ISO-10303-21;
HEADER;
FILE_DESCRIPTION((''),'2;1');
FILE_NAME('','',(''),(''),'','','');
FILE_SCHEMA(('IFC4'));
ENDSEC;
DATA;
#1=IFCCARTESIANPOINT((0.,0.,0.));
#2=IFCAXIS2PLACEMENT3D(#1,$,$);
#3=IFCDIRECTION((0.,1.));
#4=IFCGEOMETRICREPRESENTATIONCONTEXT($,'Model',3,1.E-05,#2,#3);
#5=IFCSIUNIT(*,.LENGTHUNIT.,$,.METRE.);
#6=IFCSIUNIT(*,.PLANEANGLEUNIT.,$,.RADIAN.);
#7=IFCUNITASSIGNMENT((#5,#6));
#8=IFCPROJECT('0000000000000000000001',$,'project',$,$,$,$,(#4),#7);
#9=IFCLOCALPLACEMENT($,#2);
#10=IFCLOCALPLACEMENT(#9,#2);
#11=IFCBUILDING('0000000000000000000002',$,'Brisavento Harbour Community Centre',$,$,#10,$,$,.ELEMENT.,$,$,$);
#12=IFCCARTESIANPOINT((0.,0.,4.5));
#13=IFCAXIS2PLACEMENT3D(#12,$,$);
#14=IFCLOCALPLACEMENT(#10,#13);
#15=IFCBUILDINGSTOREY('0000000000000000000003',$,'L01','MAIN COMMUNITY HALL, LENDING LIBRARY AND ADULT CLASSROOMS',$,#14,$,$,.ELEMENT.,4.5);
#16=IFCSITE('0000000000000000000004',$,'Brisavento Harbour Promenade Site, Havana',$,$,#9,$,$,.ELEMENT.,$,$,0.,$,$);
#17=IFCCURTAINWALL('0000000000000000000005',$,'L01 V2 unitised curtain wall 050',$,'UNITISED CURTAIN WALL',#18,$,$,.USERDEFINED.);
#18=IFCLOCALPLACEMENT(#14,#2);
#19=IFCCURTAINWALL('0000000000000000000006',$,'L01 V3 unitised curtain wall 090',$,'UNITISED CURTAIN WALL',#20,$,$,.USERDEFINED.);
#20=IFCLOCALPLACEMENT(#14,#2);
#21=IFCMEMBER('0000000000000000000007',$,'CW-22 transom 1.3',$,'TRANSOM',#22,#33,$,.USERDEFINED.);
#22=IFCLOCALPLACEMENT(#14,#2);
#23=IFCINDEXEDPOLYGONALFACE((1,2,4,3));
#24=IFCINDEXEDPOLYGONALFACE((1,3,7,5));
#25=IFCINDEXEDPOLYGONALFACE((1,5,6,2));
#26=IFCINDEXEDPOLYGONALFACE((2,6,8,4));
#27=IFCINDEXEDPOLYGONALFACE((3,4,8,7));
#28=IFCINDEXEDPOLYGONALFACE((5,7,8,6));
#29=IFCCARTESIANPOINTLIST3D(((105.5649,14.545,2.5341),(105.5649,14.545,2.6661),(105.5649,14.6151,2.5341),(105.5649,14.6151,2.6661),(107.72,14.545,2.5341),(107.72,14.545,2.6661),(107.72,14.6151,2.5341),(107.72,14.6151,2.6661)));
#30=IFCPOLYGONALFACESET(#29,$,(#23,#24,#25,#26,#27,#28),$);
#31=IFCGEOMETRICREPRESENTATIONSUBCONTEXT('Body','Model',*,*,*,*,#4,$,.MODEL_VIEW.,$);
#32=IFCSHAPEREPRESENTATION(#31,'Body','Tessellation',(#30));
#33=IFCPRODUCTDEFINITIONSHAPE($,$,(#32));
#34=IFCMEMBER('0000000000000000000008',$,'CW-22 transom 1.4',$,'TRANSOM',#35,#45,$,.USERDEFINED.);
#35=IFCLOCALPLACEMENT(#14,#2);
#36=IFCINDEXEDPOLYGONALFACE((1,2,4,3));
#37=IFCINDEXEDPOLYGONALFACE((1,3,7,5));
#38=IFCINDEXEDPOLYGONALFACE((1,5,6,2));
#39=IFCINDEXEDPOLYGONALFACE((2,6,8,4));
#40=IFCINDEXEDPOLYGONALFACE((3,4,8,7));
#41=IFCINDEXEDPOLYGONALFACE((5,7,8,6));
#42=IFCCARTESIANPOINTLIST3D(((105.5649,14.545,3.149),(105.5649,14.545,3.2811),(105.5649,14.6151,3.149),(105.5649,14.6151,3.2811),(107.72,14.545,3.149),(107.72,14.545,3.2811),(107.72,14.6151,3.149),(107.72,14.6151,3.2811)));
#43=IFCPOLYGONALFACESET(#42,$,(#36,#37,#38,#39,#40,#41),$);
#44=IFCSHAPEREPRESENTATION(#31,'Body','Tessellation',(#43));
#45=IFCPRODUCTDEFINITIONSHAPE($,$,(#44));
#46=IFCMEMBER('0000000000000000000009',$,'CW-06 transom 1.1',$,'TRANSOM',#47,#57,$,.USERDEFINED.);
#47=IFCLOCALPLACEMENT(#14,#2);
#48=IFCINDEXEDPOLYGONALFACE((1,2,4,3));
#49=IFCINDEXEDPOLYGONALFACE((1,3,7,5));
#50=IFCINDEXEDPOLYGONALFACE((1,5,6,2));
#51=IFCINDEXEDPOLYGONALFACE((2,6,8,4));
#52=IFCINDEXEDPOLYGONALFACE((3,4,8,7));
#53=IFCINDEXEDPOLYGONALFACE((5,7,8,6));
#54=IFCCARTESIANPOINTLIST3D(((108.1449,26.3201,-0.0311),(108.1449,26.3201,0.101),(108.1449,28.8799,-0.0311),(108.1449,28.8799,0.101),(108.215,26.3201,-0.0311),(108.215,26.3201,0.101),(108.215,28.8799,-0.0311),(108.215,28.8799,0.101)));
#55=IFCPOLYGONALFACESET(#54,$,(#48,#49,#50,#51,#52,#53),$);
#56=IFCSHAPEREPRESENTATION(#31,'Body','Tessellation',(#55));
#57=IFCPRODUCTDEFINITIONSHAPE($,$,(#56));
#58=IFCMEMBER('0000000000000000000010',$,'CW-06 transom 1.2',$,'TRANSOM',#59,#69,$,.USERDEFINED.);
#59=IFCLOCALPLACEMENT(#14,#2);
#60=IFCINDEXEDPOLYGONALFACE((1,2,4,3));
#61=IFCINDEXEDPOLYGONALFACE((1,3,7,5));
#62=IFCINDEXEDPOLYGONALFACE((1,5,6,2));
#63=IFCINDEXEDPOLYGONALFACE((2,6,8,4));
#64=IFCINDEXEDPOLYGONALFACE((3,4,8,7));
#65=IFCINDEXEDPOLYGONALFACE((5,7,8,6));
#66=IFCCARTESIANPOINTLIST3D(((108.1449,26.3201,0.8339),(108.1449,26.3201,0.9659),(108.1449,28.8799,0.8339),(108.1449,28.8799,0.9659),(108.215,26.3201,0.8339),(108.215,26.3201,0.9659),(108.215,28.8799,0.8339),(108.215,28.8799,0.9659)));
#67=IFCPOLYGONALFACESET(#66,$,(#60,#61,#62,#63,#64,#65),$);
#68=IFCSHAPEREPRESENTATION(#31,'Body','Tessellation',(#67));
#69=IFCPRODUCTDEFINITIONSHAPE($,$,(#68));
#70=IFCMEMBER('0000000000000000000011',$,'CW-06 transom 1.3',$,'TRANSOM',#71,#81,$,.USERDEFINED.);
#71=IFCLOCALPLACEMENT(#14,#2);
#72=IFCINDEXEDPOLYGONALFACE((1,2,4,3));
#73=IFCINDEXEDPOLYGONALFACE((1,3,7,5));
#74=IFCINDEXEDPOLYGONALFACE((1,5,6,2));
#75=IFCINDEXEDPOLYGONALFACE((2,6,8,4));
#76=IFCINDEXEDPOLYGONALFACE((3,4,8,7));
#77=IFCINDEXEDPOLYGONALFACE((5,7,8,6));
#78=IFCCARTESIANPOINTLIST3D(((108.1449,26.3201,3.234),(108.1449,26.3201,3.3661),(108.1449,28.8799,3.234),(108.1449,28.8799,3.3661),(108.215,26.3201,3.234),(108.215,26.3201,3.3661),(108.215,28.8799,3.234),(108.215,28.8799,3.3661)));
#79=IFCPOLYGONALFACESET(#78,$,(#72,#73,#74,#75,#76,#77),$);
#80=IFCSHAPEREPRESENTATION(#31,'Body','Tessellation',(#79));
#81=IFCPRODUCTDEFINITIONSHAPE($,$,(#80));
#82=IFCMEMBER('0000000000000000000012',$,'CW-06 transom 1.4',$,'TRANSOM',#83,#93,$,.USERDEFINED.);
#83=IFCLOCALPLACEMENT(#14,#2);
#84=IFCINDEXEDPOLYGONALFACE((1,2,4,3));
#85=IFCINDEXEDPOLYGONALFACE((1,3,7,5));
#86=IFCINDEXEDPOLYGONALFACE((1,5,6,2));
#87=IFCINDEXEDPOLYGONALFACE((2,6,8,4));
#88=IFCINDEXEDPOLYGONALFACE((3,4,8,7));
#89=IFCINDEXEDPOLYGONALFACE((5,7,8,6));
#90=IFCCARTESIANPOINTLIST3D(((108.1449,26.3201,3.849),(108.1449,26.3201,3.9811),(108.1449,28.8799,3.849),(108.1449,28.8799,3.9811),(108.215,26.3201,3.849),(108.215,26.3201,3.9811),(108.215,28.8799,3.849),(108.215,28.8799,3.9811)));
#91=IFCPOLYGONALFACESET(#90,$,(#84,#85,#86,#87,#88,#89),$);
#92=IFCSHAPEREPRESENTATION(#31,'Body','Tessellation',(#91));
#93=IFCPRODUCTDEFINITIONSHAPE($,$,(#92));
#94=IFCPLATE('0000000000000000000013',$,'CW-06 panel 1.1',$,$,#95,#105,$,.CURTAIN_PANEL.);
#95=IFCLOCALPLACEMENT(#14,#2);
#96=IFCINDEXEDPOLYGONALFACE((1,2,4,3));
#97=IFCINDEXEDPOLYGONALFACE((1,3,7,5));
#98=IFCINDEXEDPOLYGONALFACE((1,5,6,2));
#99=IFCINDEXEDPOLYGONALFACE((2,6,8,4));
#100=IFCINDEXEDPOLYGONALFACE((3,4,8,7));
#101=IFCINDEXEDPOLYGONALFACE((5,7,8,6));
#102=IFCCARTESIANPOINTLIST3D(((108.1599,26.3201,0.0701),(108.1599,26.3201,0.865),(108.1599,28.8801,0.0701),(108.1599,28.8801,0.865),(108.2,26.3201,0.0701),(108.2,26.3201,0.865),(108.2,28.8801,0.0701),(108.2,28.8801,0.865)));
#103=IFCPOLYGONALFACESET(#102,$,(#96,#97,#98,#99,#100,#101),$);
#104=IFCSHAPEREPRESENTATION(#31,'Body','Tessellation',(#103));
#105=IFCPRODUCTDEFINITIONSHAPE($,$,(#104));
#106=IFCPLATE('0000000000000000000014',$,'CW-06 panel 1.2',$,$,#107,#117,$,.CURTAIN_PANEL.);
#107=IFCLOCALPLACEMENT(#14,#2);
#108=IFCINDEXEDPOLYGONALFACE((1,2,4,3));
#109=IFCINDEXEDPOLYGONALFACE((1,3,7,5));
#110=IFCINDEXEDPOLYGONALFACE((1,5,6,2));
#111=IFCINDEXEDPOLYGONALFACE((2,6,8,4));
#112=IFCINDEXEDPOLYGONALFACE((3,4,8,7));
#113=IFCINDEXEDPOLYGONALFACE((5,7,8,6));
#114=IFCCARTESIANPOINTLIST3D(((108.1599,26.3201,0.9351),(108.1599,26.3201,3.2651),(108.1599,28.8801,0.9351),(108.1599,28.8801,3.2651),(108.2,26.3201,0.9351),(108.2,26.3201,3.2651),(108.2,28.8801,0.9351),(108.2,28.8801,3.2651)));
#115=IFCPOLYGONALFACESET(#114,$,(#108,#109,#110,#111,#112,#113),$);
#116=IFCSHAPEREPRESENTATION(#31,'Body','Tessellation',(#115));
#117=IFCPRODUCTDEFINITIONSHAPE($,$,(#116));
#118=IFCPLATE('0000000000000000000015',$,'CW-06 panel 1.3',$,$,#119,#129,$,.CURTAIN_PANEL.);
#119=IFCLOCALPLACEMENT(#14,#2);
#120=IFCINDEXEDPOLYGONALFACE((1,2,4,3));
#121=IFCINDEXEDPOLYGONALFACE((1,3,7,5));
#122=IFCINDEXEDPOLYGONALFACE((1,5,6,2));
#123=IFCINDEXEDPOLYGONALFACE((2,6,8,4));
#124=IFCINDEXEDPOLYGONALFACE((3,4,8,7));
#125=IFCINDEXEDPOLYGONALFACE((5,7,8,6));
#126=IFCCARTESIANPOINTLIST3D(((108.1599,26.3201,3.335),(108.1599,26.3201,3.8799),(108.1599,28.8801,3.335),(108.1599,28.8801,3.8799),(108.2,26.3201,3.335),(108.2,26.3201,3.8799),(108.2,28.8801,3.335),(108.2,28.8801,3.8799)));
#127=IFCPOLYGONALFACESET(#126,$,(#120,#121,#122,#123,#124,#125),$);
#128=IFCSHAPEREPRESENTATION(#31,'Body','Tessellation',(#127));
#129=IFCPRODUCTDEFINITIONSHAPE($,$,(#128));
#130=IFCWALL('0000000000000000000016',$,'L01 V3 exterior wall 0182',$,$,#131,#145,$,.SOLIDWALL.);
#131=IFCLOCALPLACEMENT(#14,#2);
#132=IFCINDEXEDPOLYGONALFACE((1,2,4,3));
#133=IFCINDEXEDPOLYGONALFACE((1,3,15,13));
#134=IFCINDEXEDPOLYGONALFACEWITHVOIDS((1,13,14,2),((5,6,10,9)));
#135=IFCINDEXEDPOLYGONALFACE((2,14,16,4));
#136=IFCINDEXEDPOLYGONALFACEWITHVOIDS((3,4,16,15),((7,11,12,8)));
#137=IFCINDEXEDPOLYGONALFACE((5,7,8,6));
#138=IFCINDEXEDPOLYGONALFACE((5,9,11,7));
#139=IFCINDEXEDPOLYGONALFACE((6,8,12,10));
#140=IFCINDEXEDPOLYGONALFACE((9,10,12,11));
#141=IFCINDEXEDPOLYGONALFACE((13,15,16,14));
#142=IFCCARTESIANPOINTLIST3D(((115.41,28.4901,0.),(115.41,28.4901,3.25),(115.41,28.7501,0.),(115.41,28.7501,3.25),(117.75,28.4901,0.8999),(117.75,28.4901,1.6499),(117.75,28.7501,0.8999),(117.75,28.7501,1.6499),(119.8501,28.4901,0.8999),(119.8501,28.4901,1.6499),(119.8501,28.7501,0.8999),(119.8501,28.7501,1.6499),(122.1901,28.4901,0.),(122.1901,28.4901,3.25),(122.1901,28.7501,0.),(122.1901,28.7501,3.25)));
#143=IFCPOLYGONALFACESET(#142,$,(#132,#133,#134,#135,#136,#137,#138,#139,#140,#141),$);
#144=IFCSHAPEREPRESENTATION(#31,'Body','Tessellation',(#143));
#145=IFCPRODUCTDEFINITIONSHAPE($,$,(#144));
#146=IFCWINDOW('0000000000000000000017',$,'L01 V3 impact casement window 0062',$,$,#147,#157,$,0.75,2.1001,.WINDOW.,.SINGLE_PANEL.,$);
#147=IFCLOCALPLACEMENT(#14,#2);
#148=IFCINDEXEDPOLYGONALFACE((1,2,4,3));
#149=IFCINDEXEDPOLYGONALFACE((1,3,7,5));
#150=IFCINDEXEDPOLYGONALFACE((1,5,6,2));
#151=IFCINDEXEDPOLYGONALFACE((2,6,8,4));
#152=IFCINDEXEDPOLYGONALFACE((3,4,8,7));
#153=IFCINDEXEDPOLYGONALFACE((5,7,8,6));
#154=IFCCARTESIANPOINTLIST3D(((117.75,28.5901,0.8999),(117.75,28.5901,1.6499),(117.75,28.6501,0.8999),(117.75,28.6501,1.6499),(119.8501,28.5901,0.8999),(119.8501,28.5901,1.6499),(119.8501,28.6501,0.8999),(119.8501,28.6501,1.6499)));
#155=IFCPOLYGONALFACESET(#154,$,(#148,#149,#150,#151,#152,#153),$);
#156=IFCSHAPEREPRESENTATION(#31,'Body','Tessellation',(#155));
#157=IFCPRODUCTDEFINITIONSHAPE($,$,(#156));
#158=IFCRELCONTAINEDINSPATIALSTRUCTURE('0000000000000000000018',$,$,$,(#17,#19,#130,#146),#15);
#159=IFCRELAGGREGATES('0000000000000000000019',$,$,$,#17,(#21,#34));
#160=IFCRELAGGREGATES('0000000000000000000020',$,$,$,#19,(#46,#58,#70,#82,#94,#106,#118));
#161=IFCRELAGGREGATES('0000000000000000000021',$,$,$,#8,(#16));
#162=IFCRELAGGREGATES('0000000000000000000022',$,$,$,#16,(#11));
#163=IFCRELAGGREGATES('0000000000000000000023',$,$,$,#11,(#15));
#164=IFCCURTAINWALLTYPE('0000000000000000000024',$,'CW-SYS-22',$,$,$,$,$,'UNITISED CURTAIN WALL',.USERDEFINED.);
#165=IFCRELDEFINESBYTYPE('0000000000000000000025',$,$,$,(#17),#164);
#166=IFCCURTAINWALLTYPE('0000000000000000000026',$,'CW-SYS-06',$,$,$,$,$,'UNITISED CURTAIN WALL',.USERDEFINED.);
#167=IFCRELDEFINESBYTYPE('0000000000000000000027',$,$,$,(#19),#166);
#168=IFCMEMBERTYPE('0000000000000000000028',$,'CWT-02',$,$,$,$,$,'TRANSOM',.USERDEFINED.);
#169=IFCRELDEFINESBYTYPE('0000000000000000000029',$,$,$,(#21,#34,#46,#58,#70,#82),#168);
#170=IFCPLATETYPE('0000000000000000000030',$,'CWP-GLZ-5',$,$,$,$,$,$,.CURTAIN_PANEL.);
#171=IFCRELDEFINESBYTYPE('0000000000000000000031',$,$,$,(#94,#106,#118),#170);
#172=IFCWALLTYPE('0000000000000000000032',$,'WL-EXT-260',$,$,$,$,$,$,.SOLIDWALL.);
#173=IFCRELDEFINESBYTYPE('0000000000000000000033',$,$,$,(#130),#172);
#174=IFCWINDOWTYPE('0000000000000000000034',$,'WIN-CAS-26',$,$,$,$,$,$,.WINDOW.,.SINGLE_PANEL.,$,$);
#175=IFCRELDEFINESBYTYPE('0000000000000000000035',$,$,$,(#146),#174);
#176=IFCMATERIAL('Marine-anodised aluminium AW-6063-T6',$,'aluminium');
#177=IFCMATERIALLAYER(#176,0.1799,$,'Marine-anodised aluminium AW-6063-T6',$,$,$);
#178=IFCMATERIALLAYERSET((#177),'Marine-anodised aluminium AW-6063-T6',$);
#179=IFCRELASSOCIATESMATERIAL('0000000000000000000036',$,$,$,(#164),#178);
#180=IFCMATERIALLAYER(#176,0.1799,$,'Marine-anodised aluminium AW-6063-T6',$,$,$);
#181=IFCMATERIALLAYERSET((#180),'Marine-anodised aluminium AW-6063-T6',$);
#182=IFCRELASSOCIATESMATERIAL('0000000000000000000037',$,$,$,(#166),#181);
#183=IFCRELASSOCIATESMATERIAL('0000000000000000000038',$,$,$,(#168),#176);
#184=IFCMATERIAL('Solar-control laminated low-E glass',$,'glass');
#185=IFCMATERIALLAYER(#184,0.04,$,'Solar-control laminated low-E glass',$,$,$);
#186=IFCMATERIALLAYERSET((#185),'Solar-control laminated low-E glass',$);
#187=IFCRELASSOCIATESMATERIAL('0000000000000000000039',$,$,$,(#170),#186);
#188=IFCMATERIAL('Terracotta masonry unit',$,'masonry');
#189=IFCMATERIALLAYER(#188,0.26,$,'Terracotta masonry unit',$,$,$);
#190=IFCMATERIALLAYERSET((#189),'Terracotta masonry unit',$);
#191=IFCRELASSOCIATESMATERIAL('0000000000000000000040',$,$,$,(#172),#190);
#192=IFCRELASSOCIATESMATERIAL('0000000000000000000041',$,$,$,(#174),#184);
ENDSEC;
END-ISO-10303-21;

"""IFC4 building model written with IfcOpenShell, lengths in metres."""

from ifc_helpers import new_model, si_unit, direction, frame, frame_2d, origin, origin_2d, place, context, subcontext, project, spatial, rectangle, extrude, material, layer, layer_set, material_profile, profile_set, type_object, element, fill, aggregate, save


model = new_model("IFC4")

# Units and contexts
model_context = context("Model", 3, precision=1e-05, world=origin(), true_north=direction((0.0, 1.0)))
body_context = subcontext(model_context, "Body", "Model", "MODEL_VIEW")
ifc_project = project(units=[si_unit("LENGTHUNIT", "METRE"), si_unit("PLANEANGLEUNIT", "RADIAN")], contexts=[model_context])

# Site, building, storey
site_placement = place(None, origin())
site = spatial("IfcSite", under=ifc_project, at=site_placement, Name="Brisavento Harbour Promenade Site, Havana", CompositionType="ELEMENT", RefElevation=0.0)
building_placement = place(site_placement, origin())
building = spatial("IfcBuilding", under=site, at=building_placement, Name="Brisavento Harbour Community Centre", CompositionType="ELEMENT")
storey_placement = place(building_placement, frame((0.0, 0.0, 4.5)))
storey = spatial("IfcBuildingStorey", under=building, at=storey_placement, Name="L01", Description="MAIN COMMUNITY HALL, LENDING LIBRARY AND ADULT CLASSROOMS", CompositionType="ELEMENT", Elevation=4.5)

# Curtain walls
ifc_material_1 = material(Name="Marine-anodised aluminium AW-6063-T6", Category="aluminium")
ifc_layer_1 = layer(ifc_material_1, 0.1799, Name="Marine-anodised aluminium AW-6063-T6")
ifc_layer_set_1 = layer_set([ifc_layer_1], Name="Marine-anodised aluminium AW-6063-T6")
curtain_wall_type_1 = type_object("IfcCurtainWallType", Name="CW-SYS-22", ElementType="UNITISED CURTAIN WALL", PredefinedType="USERDEFINED", material=ifc_layer_set_1)
curtain_wall_1_placement = place(storey_placement, origin())
curtain_wall_1 = element("IfcCurtainWall", 1, at=curtain_wall_1_placement, inside=storey, type_object=curtain_wall_type_1, Name="L01 V2 unitised curtain wall 050", ObjectType="UNITISED CURTAIN WALL", PredefinedType="USERDEFINED")
ifc_layer_2 = layer(ifc_material_1, 0.1799, Name="Marine-anodised aluminium AW-6063-T6")
ifc_layer_set_2 = layer_set([ifc_layer_2], Name="Marine-anodised aluminium AW-6063-T6")
curtain_wall_type_2 = type_object("IfcCurtainWallType", Name="CW-SYS-06", ElementType="UNITISED CURTAIN WALL", PredefinedType="USERDEFINED", material=ifc_layer_set_2)
curtain_wall_2_placement = place(storey_placement, origin())
curtain_wall_2 = element("IfcCurtainWall", 2, at=curtain_wall_2_placement, inside=storey, type_object=curtain_wall_type_2, Name="L01 V3 unitised curtain wall 090", ObjectType="UNITISED CURTAIN WALL", PredefinedType="USERDEFINED")

# Members
ifc_material_profile_1 = material_profile(ifc_material_1, rectangle(XDim=0.0701, YDim=0.1321, at=origin_2d()), Name="Marine-anodised aluminium AW-6063-T6")
ifc_profile_set_1 = profile_set([ifc_material_profile_1], Name="Marine-anodised aluminium AW-6063-T6")
member_type_1 = type_object("IfcMemberType", Name="CWT-02", ElementType="TRANSOM", PredefinedType="USERDEFINED", material=ifc_profile_set_1)
member_1_placement = place(storey_placement, frame((107.72, 14.5801, 2.6001), z_axis=(-1.0, 0.0, 0.0), x_axis=(0.0, -1.0, 0.0)))
member_1 = element("IfcMember", 3, at=member_1_placement, type_object=member_type_1, Name="CW-22 transom 1.3", ObjectType="TRANSOM", PredefinedType="USERDEFINED", context=body_context, shape_type="SweptSolid", body=[
    extrude(rectangle(XDim=0.0701, YDim=0.1321, at=origin_2d()), origin(), (0.0, 0.0, 1.0), 2.155),
])
member_2_placement = place(storey_placement, frame((107.72, 14.5801, 3.2151), z_axis=(-1.0, 0.0, 0.0), x_axis=(0.0, -1.0, 0.0)))
member_2 = element("IfcMember", 4, at=member_2_placement, type_object=member_type_1, Name="CW-22 transom 1.4", ObjectType="TRANSOM", PredefinedType="USERDEFINED", context=body_context, shape_type="SweptSolid", body=[
    extrude(rectangle(XDim=0.0701, YDim=0.1321, at=origin_2d()), origin(), (0.0, 0.0, 1.0), 2.155),
])
aggregate(curtain_wall_1, [member_1, member_2])
member_3_placement = place(storey_placement, frame((108.1799, 26.3201, 0.0349), z_axis=(0.0, 1.0, 0.0), x_axis=(-1.0, 0.0, 0.0)))
member_3 = element("IfcMember", 5, at=member_3_placement, type_object=member_type_1, Name="CW-06 transom 1.1", ObjectType="TRANSOM", PredefinedType="USERDEFINED", context=body_context, shape_type="SweptSolid", body=[
    extrude(rectangle(XDim=0.0701, YDim=0.1321, at=origin_2d()), origin(), (0.0, 0.0, 1.0), 2.5598),
])
member_4_placement = place(storey_placement, frame((108.1799, 26.3201, 0.8999), z_axis=(0.0, 1.0, 0.0), x_axis=(-1.0, 0.0, 0.0)))
member_4 = element("IfcMember", 6, at=member_4_placement, type_object=member_type_1, Name="CW-06 transom 1.2", ObjectType="TRANSOM", PredefinedType="USERDEFINED", context=body_context, shape_type="SweptSolid", body=[
    extrude(rectangle(XDim=0.0701, YDim=0.1321, at=origin_2d()), origin(), (0.0, 0.0, 1.0), 2.5598),
])
member_5_placement = place(storey_placement, frame((108.1799, 26.3201, 3.3), z_axis=(0.0, 1.0, 0.0), x_axis=(-1.0, 0.0, 0.0)))
member_5 = element("IfcMember", 7, at=member_5_placement, type_object=member_type_1, Name="CW-06 transom 1.3", ObjectType="TRANSOM", PredefinedType="USERDEFINED", context=body_context, shape_type="SweptSolid", body=[
    extrude(rectangle(XDim=0.0701, YDim=0.1321, at=origin_2d()), origin(), (0.0, 0.0, 1.0), 2.5598),
])
member_6_placement = place(storey_placement, frame((108.1799, 26.3201, 3.915), z_axis=(0.0, 1.0, 0.0), x_axis=(-1.0, 0.0, 0.0)))
member_6 = element("IfcMember", 8, at=member_6_placement, type_object=member_type_1, Name="CW-06 transom 1.4", ObjectType="TRANSOM", PredefinedType="USERDEFINED", context=body_context, shape_type="SweptSolid", body=[
    extrude(rectangle(XDim=0.0701, YDim=0.1321, at=origin_2d()), origin(), (0.0, 0.0, 1.0), 2.5598),
])

# Plates
ifc_material_2 = material(Name="Solar-control laminated low-E glass", Category="glass")
ifc_layer_3 = layer(ifc_material_2, 0.04, Name="Solar-control laminated low-E glass")
ifc_layer_set_3 = layer_set([ifc_layer_3], Name="Solar-control laminated low-E glass")
plate_type = type_object("IfcPlateType", Name="CWP-GLZ-5", PredefinedType="CURTAIN_PANEL", material=ifc_layer_set_3)
plate_1_placement = place(storey_placement, frame((108.1799, 27.6001, 0.0701), z_axis=(0.0, 0.0, 1.0), x_axis=(0.0, 1.0, 0.0)))
plate_1 = element("IfcPlate", 9, at=plate_1_placement, type_object=plate_type, Name="CW-06 panel 1.1", PredefinedType="CURTAIN_PANEL", context=body_context, shape_type="SweptSolid", body=[
    extrude(rectangle(XDim=2.5601, YDim=0.04, at=origin_2d()), origin(), (0.0, 0.0, 1.0), 0.7949),
])
plate_2_placement = place(storey_placement, frame((108.1799, 27.6001, 0.9351), z_axis=(0.0, 0.0, 1.0), x_axis=(0.0, 1.0, 0.0)))
plate_2 = element("IfcPlate", 10, at=plate_2_placement, type_object=plate_type, Name="CW-06 panel 1.2", PredefinedType="CURTAIN_PANEL", context=body_context, shape_type="SweptSolid", body=[
    extrude(rectangle(XDim=2.5601, YDim=0.04, at=origin_2d()), origin(), (0.0, 0.0, 1.0), 2.3301),
])
plate_3_placement = place(storey_placement, frame((108.1799, 27.6001, 3.335), z_axis=(0.0, 0.0, 1.0), x_axis=(0.0, 1.0, 0.0)))
plate_3 = element("IfcPlate", 11, at=plate_3_placement, type_object=plate_type, Name="CW-06 panel 1.3", PredefinedType="CURTAIN_PANEL", context=body_context, shape_type="SweptSolid", body=[
    extrude(rectangle(XDim=2.5601, YDim=0.04, at=origin_2d()), origin(), (0.0, 0.0, 1.0), 0.5449),
])
aggregate(curtain_wall_2, [member_3, member_4, member_5, member_6, plate_1, plate_2, plate_3])

# Wall, opening, window
ifc_material_3 = material(Name="Terracotta masonry unit", Category="masonry")
ifc_layer_4 = layer(ifc_material_3, 0.26, Name="Terracotta masonry unit")
ifc_layer_set_4 = layer_set([ifc_layer_4], Name="Terracotta masonry unit")
wall_type_1 = type_object("IfcWallType", Name="WL-EXT-260", PredefinedType="SOLIDWALL", material=ifc_layer_set_4)
wall_1_placement = place(storey_placement, frame((115.4099, 28.6201, 0.0), z_axis=(0.0, 0.0, 1.0), x_axis=(1.0, 0.0, 0.0)))
wall_1 = element("IfcWall", 12, at=wall_1_placement, inside=storey, type_object=wall_type_1, Name="L01 V3 exterior wall 0182", PredefinedType="SOLIDWALL", context=body_context, shape_type="SweptSolid", body=[
    extrude(rectangle(XDim=6.78, YDim=0.26, at=frame_2d((3.3901, 0.0))), origin(), (0.0, 0.0, 1.0), 3.25),
])
opening_1_placement = place(wall_1_placement, frame((2.3401, 0.0, 0.8999)))
opening_1 = element("IfcOpeningElement", 13, at=opening_1_placement, cuts=wall_1, PredefinedType="OPENING", context=body_context, shape_type="SweptSolid", body=[
    extrude(rectangle(XDim=2.1001, YDim=0.75, at=frame_2d((1.05, 0.375))), frame((0.0, 0.1401, 0.0), z_axis=(0.0, -1.0, 0.0), x_axis=(1.0, 0.0, 0.0)), (0.0, 0.0, 1.0), 0.28),
])
window_type_1 = type_object("IfcWindowType", Name="WIN-CAS-26", PartitioningType="SINGLE_PANEL", PredefinedType="WINDOW", material=ifc_material_2)
window_1_placement = place(opening_1_placement, origin())
window_1 = element("IfcWindow", 14, at=window_1_placement, inside=storey, type_object=window_type_1, Name="L01 V3 impact casement window 0062", OverallHeight=0.75, OverallWidth=2.1001, PartitioningType="SINGLE_PANEL", PredefinedType="WINDOW", context=body_context, shape_type="SweptSolid", body=[
    extrude(rectangle(XDim=2.1001, YDim=0.75, at=frame_2d((1.05, 0.375))), frame((0.0, 0.03, 0.0), z_axis=(0.0, -1.0, 0.0), x_axis=(1.0, 0.0, 0.0)), (0.0, 0.0, 1.0), 0.0601),
])
fill(opening_1, window_1)

save(model, "model.ifc")
